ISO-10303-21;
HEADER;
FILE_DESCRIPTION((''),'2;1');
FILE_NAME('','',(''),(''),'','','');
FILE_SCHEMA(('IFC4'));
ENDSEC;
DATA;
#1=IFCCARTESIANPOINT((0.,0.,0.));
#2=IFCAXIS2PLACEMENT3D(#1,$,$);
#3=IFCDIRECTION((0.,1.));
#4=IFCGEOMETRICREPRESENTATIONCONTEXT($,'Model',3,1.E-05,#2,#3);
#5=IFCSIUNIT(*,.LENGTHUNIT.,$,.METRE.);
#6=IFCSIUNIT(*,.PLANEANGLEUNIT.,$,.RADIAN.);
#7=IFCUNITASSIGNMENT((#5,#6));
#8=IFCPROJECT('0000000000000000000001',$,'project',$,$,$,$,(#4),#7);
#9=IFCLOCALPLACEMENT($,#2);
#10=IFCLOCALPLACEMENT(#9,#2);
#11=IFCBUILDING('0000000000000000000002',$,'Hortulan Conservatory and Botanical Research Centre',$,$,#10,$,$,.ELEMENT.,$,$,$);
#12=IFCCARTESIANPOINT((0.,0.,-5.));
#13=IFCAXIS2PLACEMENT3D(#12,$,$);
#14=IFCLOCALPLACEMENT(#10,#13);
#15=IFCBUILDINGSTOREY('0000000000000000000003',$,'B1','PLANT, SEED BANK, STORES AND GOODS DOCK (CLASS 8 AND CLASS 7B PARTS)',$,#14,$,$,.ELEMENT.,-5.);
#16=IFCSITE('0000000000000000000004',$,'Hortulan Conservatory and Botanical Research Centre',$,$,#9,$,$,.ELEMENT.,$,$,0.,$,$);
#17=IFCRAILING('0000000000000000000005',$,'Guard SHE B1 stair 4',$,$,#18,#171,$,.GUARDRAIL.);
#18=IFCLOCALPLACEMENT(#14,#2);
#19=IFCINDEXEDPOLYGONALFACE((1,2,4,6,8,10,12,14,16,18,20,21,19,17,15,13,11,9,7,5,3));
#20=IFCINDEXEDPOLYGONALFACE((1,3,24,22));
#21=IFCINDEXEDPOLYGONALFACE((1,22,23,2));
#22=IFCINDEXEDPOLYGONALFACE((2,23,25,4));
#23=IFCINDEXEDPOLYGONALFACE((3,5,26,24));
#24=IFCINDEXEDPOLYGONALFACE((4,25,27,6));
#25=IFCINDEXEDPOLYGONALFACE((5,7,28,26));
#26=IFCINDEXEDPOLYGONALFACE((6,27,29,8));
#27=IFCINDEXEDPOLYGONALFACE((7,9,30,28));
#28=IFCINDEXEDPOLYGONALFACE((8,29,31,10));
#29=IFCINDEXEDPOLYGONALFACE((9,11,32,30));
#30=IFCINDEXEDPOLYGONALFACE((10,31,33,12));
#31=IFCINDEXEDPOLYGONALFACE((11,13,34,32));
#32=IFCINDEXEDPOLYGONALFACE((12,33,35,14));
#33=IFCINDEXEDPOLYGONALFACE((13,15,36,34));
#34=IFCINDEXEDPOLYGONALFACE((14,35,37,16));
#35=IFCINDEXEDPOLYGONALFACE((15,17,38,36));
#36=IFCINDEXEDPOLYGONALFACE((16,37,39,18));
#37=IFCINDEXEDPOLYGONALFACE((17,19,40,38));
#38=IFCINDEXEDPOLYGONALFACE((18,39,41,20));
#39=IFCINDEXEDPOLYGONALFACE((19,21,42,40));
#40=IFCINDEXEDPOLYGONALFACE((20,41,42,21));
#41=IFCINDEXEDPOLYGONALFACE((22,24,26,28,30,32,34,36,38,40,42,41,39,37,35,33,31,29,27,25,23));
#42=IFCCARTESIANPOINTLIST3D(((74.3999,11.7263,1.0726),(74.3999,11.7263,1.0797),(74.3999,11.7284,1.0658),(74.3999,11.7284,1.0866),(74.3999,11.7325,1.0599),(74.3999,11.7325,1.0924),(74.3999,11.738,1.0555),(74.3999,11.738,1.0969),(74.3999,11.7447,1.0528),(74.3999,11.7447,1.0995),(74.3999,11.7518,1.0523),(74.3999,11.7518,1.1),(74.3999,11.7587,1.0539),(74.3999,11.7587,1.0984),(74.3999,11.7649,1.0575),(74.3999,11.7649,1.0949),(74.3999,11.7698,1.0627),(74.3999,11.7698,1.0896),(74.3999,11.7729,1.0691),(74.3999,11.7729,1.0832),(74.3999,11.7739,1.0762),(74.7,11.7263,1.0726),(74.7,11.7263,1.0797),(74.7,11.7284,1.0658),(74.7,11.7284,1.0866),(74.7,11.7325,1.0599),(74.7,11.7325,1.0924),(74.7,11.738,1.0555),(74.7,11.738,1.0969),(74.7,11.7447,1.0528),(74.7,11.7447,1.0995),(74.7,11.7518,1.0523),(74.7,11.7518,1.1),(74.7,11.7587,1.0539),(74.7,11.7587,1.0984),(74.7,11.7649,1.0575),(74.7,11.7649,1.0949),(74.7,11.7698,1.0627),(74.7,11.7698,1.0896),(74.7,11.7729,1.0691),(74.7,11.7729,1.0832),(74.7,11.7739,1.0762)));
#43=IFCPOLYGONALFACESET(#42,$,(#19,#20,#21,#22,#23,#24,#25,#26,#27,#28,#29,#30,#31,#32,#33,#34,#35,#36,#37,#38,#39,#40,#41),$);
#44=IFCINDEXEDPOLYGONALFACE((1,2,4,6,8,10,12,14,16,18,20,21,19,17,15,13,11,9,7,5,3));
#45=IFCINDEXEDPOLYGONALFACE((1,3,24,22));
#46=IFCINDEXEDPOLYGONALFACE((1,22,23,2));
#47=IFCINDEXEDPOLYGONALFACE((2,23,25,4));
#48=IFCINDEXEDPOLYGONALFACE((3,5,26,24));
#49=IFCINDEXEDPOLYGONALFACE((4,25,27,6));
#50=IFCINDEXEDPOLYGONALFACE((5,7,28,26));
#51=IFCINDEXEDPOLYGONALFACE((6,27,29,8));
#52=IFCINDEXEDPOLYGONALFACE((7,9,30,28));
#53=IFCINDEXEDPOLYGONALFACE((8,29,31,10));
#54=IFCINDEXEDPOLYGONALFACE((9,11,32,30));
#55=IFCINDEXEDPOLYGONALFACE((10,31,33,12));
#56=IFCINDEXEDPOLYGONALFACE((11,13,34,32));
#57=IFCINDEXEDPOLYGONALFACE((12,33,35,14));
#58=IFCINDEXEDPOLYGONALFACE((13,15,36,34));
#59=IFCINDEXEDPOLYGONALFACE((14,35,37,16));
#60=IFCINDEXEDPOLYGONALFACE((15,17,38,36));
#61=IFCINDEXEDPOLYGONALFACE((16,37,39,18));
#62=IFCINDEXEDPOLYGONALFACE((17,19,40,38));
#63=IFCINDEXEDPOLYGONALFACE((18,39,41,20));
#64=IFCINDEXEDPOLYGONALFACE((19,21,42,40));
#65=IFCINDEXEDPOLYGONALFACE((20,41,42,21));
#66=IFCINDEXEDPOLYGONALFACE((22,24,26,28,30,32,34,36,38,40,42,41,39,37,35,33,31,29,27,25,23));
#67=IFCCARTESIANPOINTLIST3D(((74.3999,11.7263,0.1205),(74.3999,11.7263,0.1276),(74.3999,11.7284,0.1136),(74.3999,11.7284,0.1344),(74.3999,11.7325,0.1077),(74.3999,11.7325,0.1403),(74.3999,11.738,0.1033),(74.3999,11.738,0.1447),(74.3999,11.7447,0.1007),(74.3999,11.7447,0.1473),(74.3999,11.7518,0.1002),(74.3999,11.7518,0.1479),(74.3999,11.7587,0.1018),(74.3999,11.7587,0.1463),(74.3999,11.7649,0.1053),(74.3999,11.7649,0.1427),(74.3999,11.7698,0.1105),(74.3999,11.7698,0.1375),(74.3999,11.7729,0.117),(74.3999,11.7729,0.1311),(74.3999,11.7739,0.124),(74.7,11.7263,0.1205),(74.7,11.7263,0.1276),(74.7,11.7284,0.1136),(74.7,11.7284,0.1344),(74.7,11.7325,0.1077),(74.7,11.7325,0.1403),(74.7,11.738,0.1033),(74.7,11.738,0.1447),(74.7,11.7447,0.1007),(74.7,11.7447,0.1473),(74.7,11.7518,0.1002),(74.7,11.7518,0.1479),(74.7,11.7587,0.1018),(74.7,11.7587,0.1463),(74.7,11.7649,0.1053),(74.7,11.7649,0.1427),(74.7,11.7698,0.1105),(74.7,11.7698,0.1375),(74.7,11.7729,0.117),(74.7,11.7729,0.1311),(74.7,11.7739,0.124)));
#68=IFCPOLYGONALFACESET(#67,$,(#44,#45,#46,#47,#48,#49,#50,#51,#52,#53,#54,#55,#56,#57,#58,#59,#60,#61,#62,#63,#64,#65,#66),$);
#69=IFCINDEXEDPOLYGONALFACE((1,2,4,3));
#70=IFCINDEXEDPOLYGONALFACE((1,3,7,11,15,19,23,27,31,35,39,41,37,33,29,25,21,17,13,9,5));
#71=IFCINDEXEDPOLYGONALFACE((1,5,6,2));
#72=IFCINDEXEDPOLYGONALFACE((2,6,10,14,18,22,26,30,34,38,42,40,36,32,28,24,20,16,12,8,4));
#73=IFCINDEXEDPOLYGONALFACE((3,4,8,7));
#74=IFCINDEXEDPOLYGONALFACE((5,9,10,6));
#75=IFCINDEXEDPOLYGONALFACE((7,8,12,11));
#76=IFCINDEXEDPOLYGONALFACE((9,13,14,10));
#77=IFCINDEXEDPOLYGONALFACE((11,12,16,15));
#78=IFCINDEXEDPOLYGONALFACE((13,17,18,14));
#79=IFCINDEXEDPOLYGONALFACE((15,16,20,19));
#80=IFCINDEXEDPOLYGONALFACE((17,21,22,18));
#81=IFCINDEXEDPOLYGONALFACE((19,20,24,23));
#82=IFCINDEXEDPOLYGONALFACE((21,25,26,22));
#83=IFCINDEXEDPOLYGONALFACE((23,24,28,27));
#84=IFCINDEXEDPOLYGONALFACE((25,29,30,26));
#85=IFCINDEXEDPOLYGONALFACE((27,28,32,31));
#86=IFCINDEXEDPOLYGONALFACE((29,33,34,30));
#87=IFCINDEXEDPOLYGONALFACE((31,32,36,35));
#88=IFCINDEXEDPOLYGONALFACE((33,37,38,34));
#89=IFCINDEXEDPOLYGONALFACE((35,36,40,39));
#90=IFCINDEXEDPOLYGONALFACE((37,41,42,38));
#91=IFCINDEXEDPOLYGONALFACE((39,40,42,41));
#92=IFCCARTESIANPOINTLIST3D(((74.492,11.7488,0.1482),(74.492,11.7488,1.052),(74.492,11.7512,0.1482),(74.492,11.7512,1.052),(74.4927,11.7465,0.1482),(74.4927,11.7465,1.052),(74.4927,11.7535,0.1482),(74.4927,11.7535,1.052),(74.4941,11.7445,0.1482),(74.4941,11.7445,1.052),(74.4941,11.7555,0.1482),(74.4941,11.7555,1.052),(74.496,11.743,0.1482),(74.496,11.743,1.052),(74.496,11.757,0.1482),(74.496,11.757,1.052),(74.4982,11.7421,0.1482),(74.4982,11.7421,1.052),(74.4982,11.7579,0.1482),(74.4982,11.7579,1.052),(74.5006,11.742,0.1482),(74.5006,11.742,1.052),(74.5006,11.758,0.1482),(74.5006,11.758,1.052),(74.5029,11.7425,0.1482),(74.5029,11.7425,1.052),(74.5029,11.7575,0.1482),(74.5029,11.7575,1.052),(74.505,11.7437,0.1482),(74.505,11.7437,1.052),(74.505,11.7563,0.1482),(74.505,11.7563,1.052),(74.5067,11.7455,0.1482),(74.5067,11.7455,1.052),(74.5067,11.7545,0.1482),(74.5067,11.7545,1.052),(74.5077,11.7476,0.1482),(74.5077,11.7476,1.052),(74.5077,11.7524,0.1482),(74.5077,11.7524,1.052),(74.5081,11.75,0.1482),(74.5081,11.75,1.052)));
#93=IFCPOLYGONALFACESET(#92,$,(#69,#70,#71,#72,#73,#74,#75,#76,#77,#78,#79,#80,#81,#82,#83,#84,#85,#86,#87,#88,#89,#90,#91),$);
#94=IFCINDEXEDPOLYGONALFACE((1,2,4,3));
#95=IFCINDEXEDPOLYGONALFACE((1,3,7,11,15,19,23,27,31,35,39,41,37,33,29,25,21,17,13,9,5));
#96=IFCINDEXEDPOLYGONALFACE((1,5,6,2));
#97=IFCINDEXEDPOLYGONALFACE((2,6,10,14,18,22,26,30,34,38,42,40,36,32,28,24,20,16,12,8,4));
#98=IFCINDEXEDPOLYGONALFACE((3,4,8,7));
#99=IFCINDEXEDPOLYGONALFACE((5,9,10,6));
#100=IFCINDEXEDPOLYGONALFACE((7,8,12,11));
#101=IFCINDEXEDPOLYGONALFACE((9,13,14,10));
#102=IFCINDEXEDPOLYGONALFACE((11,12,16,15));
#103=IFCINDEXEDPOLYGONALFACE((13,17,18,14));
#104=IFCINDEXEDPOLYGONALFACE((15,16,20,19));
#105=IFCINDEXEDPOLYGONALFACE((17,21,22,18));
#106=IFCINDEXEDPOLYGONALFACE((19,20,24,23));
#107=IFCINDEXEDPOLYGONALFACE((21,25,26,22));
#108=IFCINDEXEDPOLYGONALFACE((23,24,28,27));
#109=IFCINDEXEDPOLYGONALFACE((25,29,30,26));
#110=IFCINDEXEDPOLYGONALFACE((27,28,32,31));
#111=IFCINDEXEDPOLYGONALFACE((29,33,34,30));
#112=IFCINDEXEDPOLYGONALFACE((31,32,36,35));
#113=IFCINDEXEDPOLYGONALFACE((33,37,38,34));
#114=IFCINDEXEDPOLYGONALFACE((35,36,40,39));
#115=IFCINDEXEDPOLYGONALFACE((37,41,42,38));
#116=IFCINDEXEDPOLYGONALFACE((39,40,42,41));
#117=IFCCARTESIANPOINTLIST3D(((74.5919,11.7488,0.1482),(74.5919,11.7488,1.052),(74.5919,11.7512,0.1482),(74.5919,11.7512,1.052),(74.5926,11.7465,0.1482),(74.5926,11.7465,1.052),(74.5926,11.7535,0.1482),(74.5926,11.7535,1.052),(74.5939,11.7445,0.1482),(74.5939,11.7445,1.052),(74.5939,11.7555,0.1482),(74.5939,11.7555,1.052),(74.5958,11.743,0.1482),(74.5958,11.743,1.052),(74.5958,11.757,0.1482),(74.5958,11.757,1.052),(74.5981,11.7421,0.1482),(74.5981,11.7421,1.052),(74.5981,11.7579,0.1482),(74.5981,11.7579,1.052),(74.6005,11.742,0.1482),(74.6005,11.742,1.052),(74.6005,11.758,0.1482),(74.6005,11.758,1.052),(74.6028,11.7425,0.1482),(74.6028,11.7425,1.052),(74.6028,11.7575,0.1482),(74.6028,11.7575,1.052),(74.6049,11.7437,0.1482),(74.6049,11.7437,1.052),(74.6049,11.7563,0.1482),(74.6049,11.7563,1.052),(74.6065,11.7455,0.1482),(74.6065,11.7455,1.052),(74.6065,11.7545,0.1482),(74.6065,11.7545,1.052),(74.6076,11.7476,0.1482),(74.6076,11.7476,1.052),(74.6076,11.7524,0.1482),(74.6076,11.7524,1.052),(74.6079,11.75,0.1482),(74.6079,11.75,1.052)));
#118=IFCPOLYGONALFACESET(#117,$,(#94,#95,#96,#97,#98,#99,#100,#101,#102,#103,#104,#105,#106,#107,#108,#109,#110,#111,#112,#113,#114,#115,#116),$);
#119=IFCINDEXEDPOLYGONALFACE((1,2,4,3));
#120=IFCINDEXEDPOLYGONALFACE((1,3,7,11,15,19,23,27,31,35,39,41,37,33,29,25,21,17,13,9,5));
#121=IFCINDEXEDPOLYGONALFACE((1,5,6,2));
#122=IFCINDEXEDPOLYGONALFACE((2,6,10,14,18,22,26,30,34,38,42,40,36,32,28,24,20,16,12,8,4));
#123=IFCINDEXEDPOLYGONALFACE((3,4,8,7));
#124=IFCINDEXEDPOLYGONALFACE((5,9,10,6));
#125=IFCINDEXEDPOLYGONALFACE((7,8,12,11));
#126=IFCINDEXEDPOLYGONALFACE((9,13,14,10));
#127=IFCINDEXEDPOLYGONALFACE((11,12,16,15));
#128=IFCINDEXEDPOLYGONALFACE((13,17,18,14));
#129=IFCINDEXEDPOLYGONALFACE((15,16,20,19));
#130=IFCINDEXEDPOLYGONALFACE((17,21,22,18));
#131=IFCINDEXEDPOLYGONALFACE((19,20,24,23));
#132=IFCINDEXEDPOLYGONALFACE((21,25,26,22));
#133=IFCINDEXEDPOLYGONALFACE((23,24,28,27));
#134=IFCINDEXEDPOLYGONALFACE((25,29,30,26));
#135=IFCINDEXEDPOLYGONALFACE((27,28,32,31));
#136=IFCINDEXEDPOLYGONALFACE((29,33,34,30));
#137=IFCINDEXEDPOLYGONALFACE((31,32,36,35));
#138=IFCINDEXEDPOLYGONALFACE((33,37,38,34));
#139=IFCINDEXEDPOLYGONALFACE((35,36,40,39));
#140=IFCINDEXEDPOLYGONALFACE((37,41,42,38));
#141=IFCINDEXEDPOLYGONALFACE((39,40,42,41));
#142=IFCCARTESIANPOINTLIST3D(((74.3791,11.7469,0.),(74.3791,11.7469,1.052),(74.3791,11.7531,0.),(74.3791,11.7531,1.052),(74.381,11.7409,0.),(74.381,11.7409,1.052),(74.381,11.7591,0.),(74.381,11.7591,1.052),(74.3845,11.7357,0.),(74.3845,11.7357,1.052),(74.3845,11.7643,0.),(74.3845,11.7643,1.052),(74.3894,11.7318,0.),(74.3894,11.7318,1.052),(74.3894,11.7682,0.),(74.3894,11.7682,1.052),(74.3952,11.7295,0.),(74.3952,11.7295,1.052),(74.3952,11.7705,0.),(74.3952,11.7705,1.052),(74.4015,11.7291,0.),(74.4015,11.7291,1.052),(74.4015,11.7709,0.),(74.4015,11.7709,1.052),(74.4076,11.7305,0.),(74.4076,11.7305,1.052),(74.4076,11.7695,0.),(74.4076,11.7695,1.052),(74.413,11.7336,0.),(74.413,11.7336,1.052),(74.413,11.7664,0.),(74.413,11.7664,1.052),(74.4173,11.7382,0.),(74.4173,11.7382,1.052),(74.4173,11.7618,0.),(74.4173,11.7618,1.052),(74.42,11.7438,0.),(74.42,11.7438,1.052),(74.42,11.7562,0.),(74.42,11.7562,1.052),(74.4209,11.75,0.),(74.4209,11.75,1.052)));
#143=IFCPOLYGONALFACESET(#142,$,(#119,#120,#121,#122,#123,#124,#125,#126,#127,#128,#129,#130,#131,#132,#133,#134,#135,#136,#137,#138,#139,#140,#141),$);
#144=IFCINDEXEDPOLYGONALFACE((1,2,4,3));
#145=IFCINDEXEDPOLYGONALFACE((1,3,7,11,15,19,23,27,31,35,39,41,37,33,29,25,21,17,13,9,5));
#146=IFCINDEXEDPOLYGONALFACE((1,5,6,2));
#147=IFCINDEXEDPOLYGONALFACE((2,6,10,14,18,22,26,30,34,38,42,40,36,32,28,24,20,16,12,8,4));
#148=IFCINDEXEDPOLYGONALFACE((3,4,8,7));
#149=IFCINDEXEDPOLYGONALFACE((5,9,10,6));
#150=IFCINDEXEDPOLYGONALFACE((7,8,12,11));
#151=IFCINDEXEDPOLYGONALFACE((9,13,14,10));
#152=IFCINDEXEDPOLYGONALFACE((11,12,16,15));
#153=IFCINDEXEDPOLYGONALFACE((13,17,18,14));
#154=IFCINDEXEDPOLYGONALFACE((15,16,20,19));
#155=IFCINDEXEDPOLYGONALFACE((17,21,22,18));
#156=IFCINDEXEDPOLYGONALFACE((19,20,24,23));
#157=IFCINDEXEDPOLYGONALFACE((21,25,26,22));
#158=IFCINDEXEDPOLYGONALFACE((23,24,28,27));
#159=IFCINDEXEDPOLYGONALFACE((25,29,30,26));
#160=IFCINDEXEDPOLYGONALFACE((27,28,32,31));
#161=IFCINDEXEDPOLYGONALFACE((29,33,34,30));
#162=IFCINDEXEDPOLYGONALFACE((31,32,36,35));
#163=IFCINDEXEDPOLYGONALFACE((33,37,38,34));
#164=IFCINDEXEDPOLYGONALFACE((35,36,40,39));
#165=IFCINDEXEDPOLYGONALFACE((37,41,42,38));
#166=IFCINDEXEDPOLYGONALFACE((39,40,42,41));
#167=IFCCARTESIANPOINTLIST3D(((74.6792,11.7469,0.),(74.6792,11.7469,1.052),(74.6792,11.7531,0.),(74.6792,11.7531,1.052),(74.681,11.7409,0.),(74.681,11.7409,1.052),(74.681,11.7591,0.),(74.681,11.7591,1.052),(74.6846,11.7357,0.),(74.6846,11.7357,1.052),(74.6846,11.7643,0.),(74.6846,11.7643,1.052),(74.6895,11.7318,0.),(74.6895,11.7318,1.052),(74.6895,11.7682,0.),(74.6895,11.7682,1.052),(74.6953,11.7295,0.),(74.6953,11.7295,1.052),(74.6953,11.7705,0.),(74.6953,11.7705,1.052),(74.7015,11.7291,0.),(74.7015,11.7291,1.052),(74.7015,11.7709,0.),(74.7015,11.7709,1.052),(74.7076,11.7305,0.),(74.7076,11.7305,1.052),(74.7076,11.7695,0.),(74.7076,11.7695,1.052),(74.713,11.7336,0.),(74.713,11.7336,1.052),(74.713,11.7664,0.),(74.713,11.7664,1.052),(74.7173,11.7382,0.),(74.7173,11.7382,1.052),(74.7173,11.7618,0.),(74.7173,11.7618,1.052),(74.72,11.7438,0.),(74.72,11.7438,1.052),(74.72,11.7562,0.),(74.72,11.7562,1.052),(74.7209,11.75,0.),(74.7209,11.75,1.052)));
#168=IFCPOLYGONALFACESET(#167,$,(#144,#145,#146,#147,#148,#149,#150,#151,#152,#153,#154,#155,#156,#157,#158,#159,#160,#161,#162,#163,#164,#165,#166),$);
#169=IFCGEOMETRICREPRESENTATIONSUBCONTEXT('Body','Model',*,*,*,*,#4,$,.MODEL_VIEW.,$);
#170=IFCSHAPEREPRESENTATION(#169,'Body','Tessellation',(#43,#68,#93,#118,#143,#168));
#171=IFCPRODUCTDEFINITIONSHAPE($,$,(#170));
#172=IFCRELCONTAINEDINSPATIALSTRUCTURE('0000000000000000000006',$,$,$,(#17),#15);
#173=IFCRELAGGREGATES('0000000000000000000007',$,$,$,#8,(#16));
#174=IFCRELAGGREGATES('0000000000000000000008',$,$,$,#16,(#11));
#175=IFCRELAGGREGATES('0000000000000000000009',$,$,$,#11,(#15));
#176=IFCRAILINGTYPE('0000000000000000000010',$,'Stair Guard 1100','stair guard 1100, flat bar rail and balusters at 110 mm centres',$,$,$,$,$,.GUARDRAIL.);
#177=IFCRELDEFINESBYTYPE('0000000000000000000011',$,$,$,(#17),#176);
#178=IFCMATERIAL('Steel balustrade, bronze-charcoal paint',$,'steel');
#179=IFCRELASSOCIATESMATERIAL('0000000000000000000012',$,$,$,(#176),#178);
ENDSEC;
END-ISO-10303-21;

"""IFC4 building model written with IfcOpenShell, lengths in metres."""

from ifc_helpers import new_model, si_unit, direction, frame, origin, origin_2d, place, context, subcontext, project, spatial, circle, extrude, material, type_object, element, save


model = new_model("IFC4")

# Units and contexts
model_context = context("Model", 3, precision=1e-05, world=origin(), true_north=direction((0.0, 1.0)))
body_context = subcontext(model_context, "Body", "Model", "MODEL_VIEW")
ifc_project = project(units=[si_unit("LENGTHUNIT", "METRE"), si_unit("PLANEANGLEUNIT", "RADIAN")], contexts=[model_context])

# Site, building, storey
site_placement = place(None, origin())
site = spatial("IfcSite", under=ifc_project, at=site_placement, Name="Hortulan Conservatory and Botanical Research Centre", CompositionType="ELEMENT", RefElevation=0.0)
building_placement = place(site_placement, origin())
building = spatial("IfcBuilding", under=site, at=building_placement, Name="Hortulan Conservatory and Botanical Research Centre", CompositionType="ELEMENT")
storey_placement = place(building_placement, frame((0.0, 0.0, -5.0)))
storey = spatial("IfcBuildingStorey", under=building, at=storey_placement, Name="B1", Description="PLANT, SEED BANK, STORES AND GOODS DOCK (CLASS 8 AND CLASS 7B PARTS)", CompositionType="ELEMENT", Elevation=-5.0)

# Railing
ifc_material_1 = material(Name="Steel balustrade, bronze-charcoal paint", Category="steel")
railing_type_1 = type_object("IfcRailingType", Name="Stair Guard 1100", Description="stair guard 1100, flat bar rail and balusters at 110 mm centres", PredefinedType="GUARDRAIL", material=ifc_material_1)
railing_1_placement = place(storey_placement, frame((74.3999, 11.75, 0.0)))
element("IfcRailing", 1, at=railing_1_placement, inside=storey, type_object=railing_type_1, Name="Guard SHE B1 stair 4", PredefinedType="GUARDRAIL", context=body_context, shape_type="SweptSolid", body=[
    extrude(circle(Radius=0.0239, at=origin_2d()), frame((0.0, 0.0, 1.0762), z_axis=(1.0, 0.0, 0.0), x_axis=(0.0, 1.0, 0.0)), (0.0, 0.0, 1.0), 0.3),
    extrude(circle(Radius=0.0239, at=origin_2d()), frame((0.0, 0.0, 0.124), z_axis=(1.0, 0.0, 0.0), x_axis=(0.0, 1.0, 0.0)), (0.0, 0.0, 1.0), 0.3),
    extrude(circle(Radius=0.0081, at=origin_2d()), frame((0.1001, 0.0, 0.1482)), (0.0, 0.0, 1.0), 0.9038),
    extrude(circle(Radius=0.0081, at=origin_2d()), frame((0.2, 0.0, 0.1482)), (0.0, 0.0, 1.0), 0.9038),
    extrude(circle(Radius=0.021, at=origin_2d()), origin(), (0.0, 0.0, 1.0), 1.052),
    extrude(circle(Radius=0.021, at=origin_2d()), frame((0.3, 0.0, 0.0)), (0.0, 0.0, 1.0), 1.052),
])

save(model, "model.ifc")
